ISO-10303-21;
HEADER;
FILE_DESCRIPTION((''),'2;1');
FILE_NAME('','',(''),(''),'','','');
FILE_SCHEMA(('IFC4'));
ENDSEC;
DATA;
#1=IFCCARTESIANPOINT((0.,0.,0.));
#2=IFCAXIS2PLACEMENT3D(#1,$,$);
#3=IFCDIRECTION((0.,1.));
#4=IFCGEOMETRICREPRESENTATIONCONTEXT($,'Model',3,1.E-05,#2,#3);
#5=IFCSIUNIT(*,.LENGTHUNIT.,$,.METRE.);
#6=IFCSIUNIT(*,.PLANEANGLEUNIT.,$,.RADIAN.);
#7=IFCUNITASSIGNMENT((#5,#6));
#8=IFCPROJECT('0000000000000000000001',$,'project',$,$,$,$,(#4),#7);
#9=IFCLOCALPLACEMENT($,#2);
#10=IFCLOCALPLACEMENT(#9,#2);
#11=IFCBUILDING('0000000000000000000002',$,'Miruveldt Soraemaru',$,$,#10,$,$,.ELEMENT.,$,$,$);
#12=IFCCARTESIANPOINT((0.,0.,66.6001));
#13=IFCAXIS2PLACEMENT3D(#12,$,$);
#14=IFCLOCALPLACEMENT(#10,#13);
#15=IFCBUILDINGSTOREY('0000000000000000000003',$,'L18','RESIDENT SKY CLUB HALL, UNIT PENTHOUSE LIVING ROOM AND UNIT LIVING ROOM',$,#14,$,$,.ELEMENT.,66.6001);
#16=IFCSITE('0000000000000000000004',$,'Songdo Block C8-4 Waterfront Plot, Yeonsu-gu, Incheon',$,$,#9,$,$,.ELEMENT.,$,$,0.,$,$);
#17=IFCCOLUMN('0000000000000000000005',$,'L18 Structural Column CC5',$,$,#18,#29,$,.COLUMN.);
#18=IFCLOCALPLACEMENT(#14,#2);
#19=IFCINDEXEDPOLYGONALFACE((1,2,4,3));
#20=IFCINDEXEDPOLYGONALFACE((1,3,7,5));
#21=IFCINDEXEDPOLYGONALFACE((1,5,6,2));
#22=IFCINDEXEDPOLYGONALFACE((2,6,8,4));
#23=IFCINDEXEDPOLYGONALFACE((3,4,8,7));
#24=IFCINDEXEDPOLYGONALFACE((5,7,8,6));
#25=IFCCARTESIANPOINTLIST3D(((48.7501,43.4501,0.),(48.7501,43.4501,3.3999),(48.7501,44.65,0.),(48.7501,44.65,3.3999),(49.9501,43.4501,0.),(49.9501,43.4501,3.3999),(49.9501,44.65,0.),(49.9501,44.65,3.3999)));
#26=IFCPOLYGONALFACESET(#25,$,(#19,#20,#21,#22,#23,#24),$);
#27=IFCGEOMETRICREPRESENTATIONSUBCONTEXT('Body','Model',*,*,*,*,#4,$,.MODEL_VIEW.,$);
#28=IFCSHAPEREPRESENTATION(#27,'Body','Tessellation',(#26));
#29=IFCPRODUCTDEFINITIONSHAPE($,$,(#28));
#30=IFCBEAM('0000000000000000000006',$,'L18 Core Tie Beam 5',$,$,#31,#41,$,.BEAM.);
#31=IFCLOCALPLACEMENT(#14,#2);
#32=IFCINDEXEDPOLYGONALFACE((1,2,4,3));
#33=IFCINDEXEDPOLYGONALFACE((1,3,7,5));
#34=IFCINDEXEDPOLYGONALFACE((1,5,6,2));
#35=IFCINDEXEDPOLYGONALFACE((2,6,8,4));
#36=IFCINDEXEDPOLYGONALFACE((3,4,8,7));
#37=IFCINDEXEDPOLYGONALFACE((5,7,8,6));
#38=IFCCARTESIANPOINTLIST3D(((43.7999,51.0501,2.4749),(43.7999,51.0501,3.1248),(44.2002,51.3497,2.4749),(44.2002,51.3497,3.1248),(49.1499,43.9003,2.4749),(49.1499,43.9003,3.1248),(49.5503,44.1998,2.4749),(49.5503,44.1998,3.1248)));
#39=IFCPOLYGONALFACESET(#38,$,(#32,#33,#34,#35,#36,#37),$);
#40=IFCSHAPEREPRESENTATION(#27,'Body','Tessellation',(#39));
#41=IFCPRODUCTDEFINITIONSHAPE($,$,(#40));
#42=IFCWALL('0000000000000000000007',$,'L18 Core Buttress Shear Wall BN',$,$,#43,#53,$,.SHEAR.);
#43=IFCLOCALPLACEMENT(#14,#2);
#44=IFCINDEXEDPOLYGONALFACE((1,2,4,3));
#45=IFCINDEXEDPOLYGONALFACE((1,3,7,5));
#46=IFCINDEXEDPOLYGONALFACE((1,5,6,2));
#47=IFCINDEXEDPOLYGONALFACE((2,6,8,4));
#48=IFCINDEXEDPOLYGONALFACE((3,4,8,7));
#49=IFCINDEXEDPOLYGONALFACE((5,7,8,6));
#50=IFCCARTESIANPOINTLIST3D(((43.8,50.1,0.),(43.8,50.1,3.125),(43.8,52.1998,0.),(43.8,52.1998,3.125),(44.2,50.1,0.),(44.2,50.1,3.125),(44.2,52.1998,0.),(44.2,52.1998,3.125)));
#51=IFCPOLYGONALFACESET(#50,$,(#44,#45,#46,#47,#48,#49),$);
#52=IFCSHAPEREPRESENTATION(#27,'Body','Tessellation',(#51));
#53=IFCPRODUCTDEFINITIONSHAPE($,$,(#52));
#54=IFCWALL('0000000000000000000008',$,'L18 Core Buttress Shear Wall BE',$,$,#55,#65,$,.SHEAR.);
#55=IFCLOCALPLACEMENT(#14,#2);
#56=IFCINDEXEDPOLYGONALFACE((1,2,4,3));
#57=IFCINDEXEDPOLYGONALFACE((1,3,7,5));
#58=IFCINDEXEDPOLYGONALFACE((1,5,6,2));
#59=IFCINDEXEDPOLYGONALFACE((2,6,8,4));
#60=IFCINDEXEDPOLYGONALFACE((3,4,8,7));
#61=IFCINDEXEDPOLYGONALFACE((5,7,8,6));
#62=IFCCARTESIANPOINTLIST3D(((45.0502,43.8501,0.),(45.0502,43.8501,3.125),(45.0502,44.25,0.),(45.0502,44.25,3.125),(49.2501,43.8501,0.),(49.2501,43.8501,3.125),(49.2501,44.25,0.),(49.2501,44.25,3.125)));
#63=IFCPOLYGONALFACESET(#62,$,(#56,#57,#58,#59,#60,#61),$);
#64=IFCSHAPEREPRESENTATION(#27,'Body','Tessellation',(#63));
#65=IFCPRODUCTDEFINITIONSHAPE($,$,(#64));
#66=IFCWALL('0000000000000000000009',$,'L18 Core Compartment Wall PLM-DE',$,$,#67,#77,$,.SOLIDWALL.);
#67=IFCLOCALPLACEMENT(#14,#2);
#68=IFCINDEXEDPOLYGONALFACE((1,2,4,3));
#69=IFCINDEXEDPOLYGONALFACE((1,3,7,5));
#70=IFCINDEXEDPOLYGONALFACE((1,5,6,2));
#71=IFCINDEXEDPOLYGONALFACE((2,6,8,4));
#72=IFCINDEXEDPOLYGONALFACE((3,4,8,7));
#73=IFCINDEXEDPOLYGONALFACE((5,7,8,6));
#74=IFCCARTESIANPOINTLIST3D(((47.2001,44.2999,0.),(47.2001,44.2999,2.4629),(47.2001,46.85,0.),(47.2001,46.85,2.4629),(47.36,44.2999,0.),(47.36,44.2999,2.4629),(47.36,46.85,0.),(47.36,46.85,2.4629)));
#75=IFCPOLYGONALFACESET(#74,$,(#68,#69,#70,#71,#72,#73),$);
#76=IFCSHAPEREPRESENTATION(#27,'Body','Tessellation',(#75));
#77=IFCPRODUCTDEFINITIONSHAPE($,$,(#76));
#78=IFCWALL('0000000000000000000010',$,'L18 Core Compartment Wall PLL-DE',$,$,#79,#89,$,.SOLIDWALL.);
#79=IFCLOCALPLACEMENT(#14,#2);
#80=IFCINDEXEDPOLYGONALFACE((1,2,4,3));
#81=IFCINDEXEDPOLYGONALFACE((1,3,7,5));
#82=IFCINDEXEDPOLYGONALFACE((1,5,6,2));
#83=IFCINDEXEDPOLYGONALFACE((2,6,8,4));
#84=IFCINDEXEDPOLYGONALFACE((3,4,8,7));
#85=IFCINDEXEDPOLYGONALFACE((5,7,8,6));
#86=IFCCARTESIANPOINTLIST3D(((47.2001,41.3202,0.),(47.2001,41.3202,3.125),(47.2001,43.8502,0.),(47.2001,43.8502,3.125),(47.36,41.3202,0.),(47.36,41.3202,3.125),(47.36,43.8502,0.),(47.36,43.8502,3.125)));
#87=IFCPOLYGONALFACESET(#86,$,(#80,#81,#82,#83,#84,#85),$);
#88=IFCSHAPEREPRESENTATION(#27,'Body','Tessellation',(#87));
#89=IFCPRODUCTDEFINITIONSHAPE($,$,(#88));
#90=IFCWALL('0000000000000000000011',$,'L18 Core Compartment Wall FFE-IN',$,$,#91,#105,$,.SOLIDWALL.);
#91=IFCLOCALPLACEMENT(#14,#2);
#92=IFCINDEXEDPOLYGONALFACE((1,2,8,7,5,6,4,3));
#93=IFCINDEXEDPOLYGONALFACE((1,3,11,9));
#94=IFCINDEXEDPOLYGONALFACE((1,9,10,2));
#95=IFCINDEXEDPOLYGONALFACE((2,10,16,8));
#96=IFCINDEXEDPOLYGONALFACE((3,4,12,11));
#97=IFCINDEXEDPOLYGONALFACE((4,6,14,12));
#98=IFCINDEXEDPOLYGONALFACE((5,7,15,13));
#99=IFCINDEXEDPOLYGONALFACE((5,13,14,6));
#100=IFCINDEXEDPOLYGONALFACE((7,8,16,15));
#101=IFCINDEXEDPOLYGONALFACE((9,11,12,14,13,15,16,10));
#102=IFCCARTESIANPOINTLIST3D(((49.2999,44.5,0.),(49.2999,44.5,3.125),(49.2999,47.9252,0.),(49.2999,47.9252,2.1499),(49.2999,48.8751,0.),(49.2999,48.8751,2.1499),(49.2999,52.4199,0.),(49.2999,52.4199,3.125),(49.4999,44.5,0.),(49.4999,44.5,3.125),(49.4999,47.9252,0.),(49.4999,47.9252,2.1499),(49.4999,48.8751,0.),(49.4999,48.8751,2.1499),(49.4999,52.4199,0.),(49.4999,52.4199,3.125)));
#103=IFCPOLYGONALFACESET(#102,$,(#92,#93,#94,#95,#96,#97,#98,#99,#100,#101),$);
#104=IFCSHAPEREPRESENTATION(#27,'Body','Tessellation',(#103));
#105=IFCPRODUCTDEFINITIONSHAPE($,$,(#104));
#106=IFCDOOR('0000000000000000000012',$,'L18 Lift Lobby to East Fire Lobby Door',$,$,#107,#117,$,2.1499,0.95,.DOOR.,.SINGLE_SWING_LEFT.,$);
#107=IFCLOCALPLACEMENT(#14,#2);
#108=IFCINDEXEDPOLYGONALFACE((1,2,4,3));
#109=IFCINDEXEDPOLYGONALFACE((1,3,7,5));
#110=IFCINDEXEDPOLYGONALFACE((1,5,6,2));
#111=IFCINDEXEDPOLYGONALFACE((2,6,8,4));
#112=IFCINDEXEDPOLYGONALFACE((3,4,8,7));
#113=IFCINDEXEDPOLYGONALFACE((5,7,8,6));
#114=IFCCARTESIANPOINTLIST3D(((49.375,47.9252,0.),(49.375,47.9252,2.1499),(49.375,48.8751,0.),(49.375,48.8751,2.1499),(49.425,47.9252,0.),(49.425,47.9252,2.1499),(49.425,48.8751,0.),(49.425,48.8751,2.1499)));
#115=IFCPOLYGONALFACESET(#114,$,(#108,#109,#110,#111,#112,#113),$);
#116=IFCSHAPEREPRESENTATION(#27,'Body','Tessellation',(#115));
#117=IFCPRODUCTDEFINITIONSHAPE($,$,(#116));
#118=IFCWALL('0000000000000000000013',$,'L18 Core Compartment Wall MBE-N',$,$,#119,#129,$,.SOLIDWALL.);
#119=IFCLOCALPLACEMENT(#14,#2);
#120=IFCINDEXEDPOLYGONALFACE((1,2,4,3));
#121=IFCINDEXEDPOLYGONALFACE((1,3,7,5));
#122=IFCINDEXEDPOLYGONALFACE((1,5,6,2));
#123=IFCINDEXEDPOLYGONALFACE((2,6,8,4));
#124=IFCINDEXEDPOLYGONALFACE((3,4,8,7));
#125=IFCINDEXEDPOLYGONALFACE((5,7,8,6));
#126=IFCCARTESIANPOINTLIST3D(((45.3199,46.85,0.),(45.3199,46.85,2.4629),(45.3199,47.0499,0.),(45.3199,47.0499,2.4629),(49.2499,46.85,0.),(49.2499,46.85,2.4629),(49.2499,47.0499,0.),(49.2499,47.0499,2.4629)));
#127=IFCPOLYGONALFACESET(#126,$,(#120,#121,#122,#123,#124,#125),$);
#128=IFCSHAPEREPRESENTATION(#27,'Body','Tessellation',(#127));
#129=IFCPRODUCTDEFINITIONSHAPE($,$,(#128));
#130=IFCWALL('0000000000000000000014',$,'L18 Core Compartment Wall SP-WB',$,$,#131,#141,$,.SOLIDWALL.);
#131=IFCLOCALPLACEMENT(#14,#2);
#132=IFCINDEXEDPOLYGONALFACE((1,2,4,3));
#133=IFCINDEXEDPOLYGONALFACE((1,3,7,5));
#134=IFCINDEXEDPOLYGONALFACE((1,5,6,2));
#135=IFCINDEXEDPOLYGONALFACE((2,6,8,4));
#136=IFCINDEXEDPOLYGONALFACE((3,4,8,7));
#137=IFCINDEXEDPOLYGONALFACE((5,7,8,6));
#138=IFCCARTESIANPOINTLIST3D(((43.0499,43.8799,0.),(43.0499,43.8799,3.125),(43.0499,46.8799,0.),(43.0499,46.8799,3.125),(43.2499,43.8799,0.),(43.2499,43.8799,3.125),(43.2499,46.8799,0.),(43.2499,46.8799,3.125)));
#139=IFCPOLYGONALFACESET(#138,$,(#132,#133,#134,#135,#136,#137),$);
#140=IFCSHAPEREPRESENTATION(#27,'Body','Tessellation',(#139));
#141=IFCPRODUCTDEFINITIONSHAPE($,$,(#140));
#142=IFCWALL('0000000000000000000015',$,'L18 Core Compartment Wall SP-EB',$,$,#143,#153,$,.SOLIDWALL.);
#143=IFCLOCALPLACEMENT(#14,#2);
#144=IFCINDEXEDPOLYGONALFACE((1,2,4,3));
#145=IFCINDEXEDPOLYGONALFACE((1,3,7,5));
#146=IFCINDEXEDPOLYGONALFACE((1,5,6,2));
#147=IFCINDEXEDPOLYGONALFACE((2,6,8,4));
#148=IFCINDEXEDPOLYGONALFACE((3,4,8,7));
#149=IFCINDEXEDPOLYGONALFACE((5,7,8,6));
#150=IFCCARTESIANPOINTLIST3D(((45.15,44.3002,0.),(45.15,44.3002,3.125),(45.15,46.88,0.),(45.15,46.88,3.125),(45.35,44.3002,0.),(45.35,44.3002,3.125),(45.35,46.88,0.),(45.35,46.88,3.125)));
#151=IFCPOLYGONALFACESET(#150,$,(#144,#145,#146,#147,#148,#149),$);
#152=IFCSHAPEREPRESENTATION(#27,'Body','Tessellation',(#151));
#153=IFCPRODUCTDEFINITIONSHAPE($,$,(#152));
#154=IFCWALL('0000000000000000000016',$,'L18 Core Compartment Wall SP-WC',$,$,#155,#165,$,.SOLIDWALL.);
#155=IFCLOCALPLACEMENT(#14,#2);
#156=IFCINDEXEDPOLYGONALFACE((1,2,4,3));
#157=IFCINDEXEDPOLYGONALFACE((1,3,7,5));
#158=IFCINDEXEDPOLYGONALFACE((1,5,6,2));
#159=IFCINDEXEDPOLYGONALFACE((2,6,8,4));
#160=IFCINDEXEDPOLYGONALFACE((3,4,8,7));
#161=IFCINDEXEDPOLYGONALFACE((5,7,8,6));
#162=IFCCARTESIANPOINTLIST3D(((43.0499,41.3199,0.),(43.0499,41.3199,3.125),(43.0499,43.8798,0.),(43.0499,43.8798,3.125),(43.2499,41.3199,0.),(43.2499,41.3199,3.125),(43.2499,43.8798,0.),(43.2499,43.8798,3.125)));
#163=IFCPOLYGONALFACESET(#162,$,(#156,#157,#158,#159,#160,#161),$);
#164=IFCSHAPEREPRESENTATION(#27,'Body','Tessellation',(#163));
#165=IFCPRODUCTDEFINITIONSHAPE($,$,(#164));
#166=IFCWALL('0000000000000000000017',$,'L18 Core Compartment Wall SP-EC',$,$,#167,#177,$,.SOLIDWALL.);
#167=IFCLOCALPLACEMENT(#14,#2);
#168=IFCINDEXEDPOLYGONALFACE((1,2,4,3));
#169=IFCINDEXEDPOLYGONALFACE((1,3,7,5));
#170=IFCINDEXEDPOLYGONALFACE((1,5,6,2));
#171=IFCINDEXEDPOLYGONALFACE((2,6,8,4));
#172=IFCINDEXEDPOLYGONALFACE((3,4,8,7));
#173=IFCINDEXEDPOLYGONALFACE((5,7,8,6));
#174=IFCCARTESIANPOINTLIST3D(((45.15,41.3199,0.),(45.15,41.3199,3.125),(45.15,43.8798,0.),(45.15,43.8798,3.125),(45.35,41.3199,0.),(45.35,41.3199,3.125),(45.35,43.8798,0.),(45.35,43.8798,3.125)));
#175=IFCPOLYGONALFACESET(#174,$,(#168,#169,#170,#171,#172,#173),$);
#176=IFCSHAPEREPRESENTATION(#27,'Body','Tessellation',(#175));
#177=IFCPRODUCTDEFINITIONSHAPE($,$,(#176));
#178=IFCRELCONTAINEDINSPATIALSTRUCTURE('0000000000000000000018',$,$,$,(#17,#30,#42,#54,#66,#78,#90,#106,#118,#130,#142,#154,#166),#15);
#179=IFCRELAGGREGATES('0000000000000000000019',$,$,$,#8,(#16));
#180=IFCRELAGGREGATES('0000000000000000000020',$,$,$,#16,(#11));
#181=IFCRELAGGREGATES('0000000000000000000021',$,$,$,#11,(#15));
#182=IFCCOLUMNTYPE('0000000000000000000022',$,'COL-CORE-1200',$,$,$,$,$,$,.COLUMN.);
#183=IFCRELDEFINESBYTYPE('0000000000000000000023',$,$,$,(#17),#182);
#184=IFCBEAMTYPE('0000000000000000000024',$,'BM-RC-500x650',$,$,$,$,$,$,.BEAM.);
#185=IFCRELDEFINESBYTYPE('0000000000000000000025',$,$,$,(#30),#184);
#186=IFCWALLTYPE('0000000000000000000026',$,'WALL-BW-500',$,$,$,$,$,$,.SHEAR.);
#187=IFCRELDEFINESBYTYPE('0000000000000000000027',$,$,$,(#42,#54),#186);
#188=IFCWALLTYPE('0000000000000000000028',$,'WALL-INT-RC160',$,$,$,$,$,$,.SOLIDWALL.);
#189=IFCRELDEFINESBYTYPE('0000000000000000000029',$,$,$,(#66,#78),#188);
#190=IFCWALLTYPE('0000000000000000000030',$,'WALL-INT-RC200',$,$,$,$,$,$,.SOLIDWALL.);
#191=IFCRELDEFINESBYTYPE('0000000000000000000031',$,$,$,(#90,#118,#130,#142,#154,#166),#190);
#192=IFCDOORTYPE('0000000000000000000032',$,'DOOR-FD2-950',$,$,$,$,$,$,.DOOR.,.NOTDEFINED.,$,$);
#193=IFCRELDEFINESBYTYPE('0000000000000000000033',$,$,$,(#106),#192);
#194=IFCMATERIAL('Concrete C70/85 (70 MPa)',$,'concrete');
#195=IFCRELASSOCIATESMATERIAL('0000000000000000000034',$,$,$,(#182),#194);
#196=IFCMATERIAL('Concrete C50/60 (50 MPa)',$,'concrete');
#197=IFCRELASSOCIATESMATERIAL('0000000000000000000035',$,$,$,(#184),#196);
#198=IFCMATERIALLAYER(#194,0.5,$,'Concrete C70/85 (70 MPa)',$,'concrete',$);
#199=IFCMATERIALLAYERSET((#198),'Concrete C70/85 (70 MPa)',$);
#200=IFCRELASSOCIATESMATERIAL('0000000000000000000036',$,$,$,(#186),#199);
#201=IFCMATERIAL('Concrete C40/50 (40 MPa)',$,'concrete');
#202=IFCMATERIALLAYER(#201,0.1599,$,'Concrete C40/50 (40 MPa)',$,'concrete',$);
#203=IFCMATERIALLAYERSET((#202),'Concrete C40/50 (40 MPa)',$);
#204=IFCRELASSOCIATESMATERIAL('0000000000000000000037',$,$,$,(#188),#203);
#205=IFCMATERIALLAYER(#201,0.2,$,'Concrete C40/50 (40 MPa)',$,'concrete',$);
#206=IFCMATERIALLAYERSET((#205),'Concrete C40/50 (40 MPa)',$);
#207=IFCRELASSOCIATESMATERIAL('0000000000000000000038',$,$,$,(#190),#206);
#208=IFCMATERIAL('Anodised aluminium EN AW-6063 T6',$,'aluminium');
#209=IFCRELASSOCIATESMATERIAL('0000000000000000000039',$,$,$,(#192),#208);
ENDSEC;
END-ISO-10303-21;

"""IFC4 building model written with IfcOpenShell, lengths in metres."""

from ifc_helpers import new_model, si_unit, direction, frame, frame_2d, origin, origin_2d, place, context, subcontext, project, spatial, rectangle, extrude, material, layer, layer_set, material_profile, profile_set, type_object, element, fill, save


model = new_model("IFC4")

# Units and contexts
model_context = context("Model", 3, precision=1e-05, world=origin(), true_north=direction((0.0, 1.0)))
body_context = subcontext(model_context, "Body", "Model", "MODEL_VIEW")
ifc_project = project(units=[si_unit("LENGTHUNIT", "METRE"), si_unit("PLANEANGLEUNIT", "RADIAN")], contexts=[model_context])

# Site, building, storey
site_placement = place(None, origin())
site = spatial("IfcSite", under=ifc_project, at=site_placement, Name="Songdo Block C8-4 Waterfront Plot, Yeonsu-gu, Incheon", CompositionType="ELEMENT", RefElevation=0.0)
building_placement = place(site_placement, origin())
building = spatial("IfcBuilding", under=site, at=building_placement, Name="Miruveldt Soraemaru", CompositionType="ELEMENT")
storey_placement = place(building_placement, frame((0.0, 0.0, 66.6001)))
storey = spatial("IfcBuildingStorey", under=building, at=storey_placement, Name="L18", Description="RESIDENT SKY CLUB HALL, UNIT PENTHOUSE LIVING ROOM AND UNIT LIVING ROOM", CompositionType="ELEMENT", Elevation=66.6001)

# Column
ifc_material_1 = material(Name="Concrete C70/85 (70 MPa)", Category="concrete")
ifc_material_profile_1 = material_profile(ifc_material_1, rectangle(XDim=1.2, YDim=1.2, at=origin_2d()), Name="Concrete C70/85 (70 MPa)", Category="concrete")
ifc_profile_set_1 = profile_set([ifc_material_profile_1], Name="Concrete C70/85 (70 MPa)")
column_type = type_object("IfcColumnType", Name="COL-CORE-1200", PredefinedType="COLUMN", material=ifc_profile_set_1)
column_placement = place(storey_placement, frame((49.3501, 44.05, 0.0), z_axis=(0.0, 0.0, 1.0), x_axis=(1.0, 0.0, 0.0)))
element("IfcColumn", 1, at=column_placement, inside=storey, type_object=column_type, Name="L18 Structural Column CC5", PredefinedType="COLUMN", context=body_context, shape_type="SweptSolid", body=[
    extrude(rectangle(XDim=1.2, YDim=1.2, at=origin_2d()), origin(), (0.0, 0.0, 1.0), 3.3999),
])

# Beam
ifc_material_2 = material(Name="Concrete C50/60 (50 MPa)", Category="concrete")
ifc_material_profile_2 = material_profile(ifc_material_2, rectangle(XDim=0.5, YDim=0.6499, at=origin_2d()), Name="Concrete C50/60 (50 MPa)", Category="concrete")
ifc_profile_set_2 = profile_set([ifc_material_profile_2], Name="Concrete C50/60 (50 MPa)")
beam_type = type_object("IfcBeamType", Name="BM-RC-500x650", PredefinedType="BEAM", material=ifc_profile_set_2)
beam_placement = place(storey_placement, frame((49.3501, 44.05, 2.7998), z_axis=(-0.599116, 0.800662, 0.0), x_axis=(-0.800662, -0.599116, 0.0)))
element("IfcBeam", 2, at=beam_placement, inside=storey, type_object=beam_type, Name="L18 Core Tie Beam 5", PredefinedType="BEAM", context=body_context, shape_type="SweptSolid", body=[
    extrude(rectangle(XDim=0.5, YDim=0.6499, at=origin_2d()), origin(), (0.0, 0.0, 1.0), 8.9299),
])

# Walls
ifc_layer_1 = layer(ifc_material_1, 0.5, Name="Concrete C70/85 (70 MPa)", Category="concrete")
ifc_layer_set_1 = layer_set([ifc_layer_1], Name="Concrete C70/85 (70 MPa)")
wall_type_1 = type_object("IfcWallType", Name="WALL-BW-500", PredefinedType="SHEAR", material=ifc_layer_set_1)
wall_1_placement = place(storey_placement, frame((44.0, 50.1001, 0.0), z_axis=(0.0, 0.0, 1.0), x_axis=(0.0, 1.0, 0.0)))
element("IfcWall", 3, at=wall_1_placement, inside=storey, type_object=wall_type_1, Name="L18 Core Buttress Shear Wall BN", PredefinedType="SHEAR", context=body_context, shape_type="SweptSolid", body=[
    extrude(rectangle(XDim=2.0999, YDim=0.3999, at=frame_2d((1.0498, 0.0))), origin(), (0.0, 0.0, 1.0), 3.125),
])
wall_2_placement = place(storey_placement, frame((45.05, 44.05, 0.0), z_axis=(0.0, 0.0, 1.0), x_axis=(1.0, 0.0, 0.0)))
element("IfcWall", 4, at=wall_2_placement, inside=storey, type_object=wall_type_1, Name="L18 Core Buttress Shear Wall BE", PredefinedType="SHEAR", context=body_context, shape_type="SweptSolid", body=[
    extrude(rectangle(XDim=4.2, YDim=0.3999, at=frame_2d((2.1001, 0.0))), origin(), (0.0, 0.0, 1.0), 3.125),
])
ifc_material_3 = material(Name="Concrete C40/50 (40 MPa)", Category="concrete")
ifc_layer_2 = layer(ifc_material_3, 0.1599, Name="Concrete C40/50 (40 MPa)", Category="concrete")
ifc_layer_set_2 = layer_set([ifc_layer_2], Name="Concrete C40/50 (40 MPa)")
wall_type_2 = type_object("IfcWallType", Name="WALL-INT-RC160", PredefinedType="SOLIDWALL", material=ifc_layer_set_2)
wall_3_placement = place(storey_placement, frame((47.28, 44.3, 0.0), z_axis=(0.0, 0.0, 1.0), x_axis=(0.0, 1.0, 0.0)))
element("IfcWall", 5, at=wall_3_placement, inside=storey, type_object=wall_type_2, Name="L18 Core Compartment Wall PLM-DE", PredefinedType="SOLIDWALL", context=body_context, shape_type="SweptSolid", body=[
    extrude(rectangle(XDim=2.55, YDim=0.1599, at=frame_2d((1.2749, 0.0))), origin(), (0.0, 0.0, 1.0), 2.4629),
])
wall_4_placement = place(storey_placement, frame((47.28, 41.3201, 0.0), z_axis=(0.0, 0.0, 1.0), x_axis=(0.0, 1.0, 0.0)))
element("IfcWall", 6, at=wall_4_placement, inside=storey, type_object=wall_type_2, Name="L18 Core Compartment Wall PLL-DE", PredefinedType="SOLIDWALL", context=body_context, shape_type="SweptSolid", body=[
    extrude(rectangle(XDim=2.53, YDim=0.1599, at=frame_2d((1.2651, 0.0))), origin(), (0.0, 0.0, 1.0), 3.125),
])

# Wall, opening, door
ifc_layer_3 = layer(ifc_material_3, 0.2, Name="Concrete C40/50 (40 MPa)", Category="concrete")
ifc_layer_set_3 = layer_set([ifc_layer_3], Name="Concrete C40/50 (40 MPa)")
wall_type_3 = type_object("IfcWallType", Name="WALL-INT-RC200", PredefinedType="SOLIDWALL", material=ifc_layer_set_3)
wall_5_placement = place(storey_placement, frame((49.3999, 44.5, 0.0), z_axis=(0.0, 0.0, 1.0), x_axis=(0.0, 1.0, 0.0)))
wall_5 = element("IfcWall", 7, at=wall_5_placement, inside=storey, type_object=wall_type_3, Name="L18 Core Compartment Wall FFE-IN", PredefinedType="SOLIDWALL", context=body_context, shape_type="SweptSolid", body=[
    extrude(rectangle(XDim=7.9199, YDim=0.2, at=frame_2d((3.96, 0.0))), origin(), (0.0, 0.0, 1.0), 3.125),
])
opening_1_placement = place(wall_5_placement, frame((3.425, 0.0, 0.0)))
opening_1 = element("IfcOpeningElement", 8, at=opening_1_placement, cuts=wall_5, PredefinedType="OPENING", context=body_context, shape_type="SweptSolid", body=[
    extrude(rectangle(XDim=0.95, YDim=2.1499, at=frame_2d((0.4751, 1.075))), frame((0.0, 0.1099, 0.0), z_axis=(0.0, -1.0, 0.0), x_axis=(1.0, 0.0, 0.0)), (0.0, 0.0, 1.0), 0.22),
])
ifc_material_4 = material(Name="Anodised aluminium EN AW-6063 T6", Category="aluminium")
door_type_1 = type_object("IfcDoorType", Name="DOOR-FD2-950", OperationType="NOTDEFINED", PredefinedType="DOOR", material=ifc_material_4)
door_1_placement = place(opening_1_placement, origin())
door_1 = element("IfcDoor", 9, at=door_1_placement, inside=storey, type_object=door_type_1, Name="L18 Lift Lobby to East Fire Lobby Door", OperationType="SINGLE_SWING_LEFT", OverallHeight=2.1499, OverallWidth=0.95, PredefinedType="DOOR", context=body_context, shape_type="SweptSolid", body=[
    extrude(rectangle(XDim=0.95, YDim=2.1499, at=frame_2d((0.4751, 1.075))), frame((0.0, 0.0249, 0.0), z_axis=(0.0, -1.0, 0.0), x_axis=(1.0, 0.0, 0.0)), (0.0, 0.0, 1.0), 0.05),
])
fill(opening_1, door_1)

# Walls
wall_6_placement = place(storey_placement, frame((45.3201, 46.95, 0.0), z_axis=(0.0, 0.0, 1.0), x_axis=(1.0, 0.0, 0.0)))
element("IfcWall", 10, at=wall_6_placement, inside=storey, type_object=wall_type_3, Name="L18 Core Compartment Wall MBE-N", PredefinedType="SOLIDWALL", context=body_context, shape_type="SweptSolid", body=[
    extrude(rectangle(XDim=3.9299, YDim=0.2, at=frame_2d((1.9648, 0.0))), origin(), (0.0, 0.0, 1.0), 2.4629),
])
wall_7_placement = place(storey_placement, frame((43.1499, 43.8799, 0.0), z_axis=(0.0, 0.0, 1.0), x_axis=(0.0, 1.0, 0.0)))
element("IfcWall", 11, at=wall_7_placement, inside=storey, type_object=wall_type_3, Name="L18 Core Compartment Wall SP-WB", PredefinedType="SOLIDWALL", context=body_context, shape_type="SweptSolid", body=[
    extrude(rectangle(XDim=3.0, YDim=0.2, at=frame_2d((1.5, 0.0))), origin(), (0.0, 0.0, 1.0), 3.125),
])
wall_8_placement = place(storey_placement, frame((45.25, 44.3, 0.0), z_axis=(0.0, 0.0, 1.0), x_axis=(0.0, 1.0, 0.0)))
element("IfcWall", 12, at=wall_8_placement, inside=storey, type_object=wall_type_3, Name="L18 Core Compartment Wall SP-EB", PredefinedType="SOLIDWALL", context=body_context, shape_type="SweptSolid", body=[
    extrude(rectangle(XDim=2.5798, YDim=0.2, at=frame_2d((1.29, 0.0))), origin(), (0.0, 0.0, 1.0), 3.125),
])
for number, where, z_axis, x_axis, name in (
    (13, (43.1499, 41.3201, 0.0), (0.0, 0.0, 1.0), (0.0, 1.0, 0.0), "L18 Core Compartment Wall SP-WC"),
    (14, (45.25, 41.3201, 0.0), (0.0, 0.0, 1.0), (0.0, 1.0, 0.0), "L18 Core Compartment Wall SP-EC"),
):
    element("IfcWall", number, at=place(storey_placement, frame(where, z_axis=z_axis, x_axis=x_axis)), inside=storey, type_object=wall_type_3, Name=name, PredefinedType="SOLIDWALL", context=body_context, shape_type="SweptSolid", body=[
        extrude(rectangle(XDim=2.5598, YDim=0.2, at=frame_2d((1.2798, 0.0))), origin(), (0.0, 0.0, 1.0), 3.125),
    ])

save(model, "model.ifc")
